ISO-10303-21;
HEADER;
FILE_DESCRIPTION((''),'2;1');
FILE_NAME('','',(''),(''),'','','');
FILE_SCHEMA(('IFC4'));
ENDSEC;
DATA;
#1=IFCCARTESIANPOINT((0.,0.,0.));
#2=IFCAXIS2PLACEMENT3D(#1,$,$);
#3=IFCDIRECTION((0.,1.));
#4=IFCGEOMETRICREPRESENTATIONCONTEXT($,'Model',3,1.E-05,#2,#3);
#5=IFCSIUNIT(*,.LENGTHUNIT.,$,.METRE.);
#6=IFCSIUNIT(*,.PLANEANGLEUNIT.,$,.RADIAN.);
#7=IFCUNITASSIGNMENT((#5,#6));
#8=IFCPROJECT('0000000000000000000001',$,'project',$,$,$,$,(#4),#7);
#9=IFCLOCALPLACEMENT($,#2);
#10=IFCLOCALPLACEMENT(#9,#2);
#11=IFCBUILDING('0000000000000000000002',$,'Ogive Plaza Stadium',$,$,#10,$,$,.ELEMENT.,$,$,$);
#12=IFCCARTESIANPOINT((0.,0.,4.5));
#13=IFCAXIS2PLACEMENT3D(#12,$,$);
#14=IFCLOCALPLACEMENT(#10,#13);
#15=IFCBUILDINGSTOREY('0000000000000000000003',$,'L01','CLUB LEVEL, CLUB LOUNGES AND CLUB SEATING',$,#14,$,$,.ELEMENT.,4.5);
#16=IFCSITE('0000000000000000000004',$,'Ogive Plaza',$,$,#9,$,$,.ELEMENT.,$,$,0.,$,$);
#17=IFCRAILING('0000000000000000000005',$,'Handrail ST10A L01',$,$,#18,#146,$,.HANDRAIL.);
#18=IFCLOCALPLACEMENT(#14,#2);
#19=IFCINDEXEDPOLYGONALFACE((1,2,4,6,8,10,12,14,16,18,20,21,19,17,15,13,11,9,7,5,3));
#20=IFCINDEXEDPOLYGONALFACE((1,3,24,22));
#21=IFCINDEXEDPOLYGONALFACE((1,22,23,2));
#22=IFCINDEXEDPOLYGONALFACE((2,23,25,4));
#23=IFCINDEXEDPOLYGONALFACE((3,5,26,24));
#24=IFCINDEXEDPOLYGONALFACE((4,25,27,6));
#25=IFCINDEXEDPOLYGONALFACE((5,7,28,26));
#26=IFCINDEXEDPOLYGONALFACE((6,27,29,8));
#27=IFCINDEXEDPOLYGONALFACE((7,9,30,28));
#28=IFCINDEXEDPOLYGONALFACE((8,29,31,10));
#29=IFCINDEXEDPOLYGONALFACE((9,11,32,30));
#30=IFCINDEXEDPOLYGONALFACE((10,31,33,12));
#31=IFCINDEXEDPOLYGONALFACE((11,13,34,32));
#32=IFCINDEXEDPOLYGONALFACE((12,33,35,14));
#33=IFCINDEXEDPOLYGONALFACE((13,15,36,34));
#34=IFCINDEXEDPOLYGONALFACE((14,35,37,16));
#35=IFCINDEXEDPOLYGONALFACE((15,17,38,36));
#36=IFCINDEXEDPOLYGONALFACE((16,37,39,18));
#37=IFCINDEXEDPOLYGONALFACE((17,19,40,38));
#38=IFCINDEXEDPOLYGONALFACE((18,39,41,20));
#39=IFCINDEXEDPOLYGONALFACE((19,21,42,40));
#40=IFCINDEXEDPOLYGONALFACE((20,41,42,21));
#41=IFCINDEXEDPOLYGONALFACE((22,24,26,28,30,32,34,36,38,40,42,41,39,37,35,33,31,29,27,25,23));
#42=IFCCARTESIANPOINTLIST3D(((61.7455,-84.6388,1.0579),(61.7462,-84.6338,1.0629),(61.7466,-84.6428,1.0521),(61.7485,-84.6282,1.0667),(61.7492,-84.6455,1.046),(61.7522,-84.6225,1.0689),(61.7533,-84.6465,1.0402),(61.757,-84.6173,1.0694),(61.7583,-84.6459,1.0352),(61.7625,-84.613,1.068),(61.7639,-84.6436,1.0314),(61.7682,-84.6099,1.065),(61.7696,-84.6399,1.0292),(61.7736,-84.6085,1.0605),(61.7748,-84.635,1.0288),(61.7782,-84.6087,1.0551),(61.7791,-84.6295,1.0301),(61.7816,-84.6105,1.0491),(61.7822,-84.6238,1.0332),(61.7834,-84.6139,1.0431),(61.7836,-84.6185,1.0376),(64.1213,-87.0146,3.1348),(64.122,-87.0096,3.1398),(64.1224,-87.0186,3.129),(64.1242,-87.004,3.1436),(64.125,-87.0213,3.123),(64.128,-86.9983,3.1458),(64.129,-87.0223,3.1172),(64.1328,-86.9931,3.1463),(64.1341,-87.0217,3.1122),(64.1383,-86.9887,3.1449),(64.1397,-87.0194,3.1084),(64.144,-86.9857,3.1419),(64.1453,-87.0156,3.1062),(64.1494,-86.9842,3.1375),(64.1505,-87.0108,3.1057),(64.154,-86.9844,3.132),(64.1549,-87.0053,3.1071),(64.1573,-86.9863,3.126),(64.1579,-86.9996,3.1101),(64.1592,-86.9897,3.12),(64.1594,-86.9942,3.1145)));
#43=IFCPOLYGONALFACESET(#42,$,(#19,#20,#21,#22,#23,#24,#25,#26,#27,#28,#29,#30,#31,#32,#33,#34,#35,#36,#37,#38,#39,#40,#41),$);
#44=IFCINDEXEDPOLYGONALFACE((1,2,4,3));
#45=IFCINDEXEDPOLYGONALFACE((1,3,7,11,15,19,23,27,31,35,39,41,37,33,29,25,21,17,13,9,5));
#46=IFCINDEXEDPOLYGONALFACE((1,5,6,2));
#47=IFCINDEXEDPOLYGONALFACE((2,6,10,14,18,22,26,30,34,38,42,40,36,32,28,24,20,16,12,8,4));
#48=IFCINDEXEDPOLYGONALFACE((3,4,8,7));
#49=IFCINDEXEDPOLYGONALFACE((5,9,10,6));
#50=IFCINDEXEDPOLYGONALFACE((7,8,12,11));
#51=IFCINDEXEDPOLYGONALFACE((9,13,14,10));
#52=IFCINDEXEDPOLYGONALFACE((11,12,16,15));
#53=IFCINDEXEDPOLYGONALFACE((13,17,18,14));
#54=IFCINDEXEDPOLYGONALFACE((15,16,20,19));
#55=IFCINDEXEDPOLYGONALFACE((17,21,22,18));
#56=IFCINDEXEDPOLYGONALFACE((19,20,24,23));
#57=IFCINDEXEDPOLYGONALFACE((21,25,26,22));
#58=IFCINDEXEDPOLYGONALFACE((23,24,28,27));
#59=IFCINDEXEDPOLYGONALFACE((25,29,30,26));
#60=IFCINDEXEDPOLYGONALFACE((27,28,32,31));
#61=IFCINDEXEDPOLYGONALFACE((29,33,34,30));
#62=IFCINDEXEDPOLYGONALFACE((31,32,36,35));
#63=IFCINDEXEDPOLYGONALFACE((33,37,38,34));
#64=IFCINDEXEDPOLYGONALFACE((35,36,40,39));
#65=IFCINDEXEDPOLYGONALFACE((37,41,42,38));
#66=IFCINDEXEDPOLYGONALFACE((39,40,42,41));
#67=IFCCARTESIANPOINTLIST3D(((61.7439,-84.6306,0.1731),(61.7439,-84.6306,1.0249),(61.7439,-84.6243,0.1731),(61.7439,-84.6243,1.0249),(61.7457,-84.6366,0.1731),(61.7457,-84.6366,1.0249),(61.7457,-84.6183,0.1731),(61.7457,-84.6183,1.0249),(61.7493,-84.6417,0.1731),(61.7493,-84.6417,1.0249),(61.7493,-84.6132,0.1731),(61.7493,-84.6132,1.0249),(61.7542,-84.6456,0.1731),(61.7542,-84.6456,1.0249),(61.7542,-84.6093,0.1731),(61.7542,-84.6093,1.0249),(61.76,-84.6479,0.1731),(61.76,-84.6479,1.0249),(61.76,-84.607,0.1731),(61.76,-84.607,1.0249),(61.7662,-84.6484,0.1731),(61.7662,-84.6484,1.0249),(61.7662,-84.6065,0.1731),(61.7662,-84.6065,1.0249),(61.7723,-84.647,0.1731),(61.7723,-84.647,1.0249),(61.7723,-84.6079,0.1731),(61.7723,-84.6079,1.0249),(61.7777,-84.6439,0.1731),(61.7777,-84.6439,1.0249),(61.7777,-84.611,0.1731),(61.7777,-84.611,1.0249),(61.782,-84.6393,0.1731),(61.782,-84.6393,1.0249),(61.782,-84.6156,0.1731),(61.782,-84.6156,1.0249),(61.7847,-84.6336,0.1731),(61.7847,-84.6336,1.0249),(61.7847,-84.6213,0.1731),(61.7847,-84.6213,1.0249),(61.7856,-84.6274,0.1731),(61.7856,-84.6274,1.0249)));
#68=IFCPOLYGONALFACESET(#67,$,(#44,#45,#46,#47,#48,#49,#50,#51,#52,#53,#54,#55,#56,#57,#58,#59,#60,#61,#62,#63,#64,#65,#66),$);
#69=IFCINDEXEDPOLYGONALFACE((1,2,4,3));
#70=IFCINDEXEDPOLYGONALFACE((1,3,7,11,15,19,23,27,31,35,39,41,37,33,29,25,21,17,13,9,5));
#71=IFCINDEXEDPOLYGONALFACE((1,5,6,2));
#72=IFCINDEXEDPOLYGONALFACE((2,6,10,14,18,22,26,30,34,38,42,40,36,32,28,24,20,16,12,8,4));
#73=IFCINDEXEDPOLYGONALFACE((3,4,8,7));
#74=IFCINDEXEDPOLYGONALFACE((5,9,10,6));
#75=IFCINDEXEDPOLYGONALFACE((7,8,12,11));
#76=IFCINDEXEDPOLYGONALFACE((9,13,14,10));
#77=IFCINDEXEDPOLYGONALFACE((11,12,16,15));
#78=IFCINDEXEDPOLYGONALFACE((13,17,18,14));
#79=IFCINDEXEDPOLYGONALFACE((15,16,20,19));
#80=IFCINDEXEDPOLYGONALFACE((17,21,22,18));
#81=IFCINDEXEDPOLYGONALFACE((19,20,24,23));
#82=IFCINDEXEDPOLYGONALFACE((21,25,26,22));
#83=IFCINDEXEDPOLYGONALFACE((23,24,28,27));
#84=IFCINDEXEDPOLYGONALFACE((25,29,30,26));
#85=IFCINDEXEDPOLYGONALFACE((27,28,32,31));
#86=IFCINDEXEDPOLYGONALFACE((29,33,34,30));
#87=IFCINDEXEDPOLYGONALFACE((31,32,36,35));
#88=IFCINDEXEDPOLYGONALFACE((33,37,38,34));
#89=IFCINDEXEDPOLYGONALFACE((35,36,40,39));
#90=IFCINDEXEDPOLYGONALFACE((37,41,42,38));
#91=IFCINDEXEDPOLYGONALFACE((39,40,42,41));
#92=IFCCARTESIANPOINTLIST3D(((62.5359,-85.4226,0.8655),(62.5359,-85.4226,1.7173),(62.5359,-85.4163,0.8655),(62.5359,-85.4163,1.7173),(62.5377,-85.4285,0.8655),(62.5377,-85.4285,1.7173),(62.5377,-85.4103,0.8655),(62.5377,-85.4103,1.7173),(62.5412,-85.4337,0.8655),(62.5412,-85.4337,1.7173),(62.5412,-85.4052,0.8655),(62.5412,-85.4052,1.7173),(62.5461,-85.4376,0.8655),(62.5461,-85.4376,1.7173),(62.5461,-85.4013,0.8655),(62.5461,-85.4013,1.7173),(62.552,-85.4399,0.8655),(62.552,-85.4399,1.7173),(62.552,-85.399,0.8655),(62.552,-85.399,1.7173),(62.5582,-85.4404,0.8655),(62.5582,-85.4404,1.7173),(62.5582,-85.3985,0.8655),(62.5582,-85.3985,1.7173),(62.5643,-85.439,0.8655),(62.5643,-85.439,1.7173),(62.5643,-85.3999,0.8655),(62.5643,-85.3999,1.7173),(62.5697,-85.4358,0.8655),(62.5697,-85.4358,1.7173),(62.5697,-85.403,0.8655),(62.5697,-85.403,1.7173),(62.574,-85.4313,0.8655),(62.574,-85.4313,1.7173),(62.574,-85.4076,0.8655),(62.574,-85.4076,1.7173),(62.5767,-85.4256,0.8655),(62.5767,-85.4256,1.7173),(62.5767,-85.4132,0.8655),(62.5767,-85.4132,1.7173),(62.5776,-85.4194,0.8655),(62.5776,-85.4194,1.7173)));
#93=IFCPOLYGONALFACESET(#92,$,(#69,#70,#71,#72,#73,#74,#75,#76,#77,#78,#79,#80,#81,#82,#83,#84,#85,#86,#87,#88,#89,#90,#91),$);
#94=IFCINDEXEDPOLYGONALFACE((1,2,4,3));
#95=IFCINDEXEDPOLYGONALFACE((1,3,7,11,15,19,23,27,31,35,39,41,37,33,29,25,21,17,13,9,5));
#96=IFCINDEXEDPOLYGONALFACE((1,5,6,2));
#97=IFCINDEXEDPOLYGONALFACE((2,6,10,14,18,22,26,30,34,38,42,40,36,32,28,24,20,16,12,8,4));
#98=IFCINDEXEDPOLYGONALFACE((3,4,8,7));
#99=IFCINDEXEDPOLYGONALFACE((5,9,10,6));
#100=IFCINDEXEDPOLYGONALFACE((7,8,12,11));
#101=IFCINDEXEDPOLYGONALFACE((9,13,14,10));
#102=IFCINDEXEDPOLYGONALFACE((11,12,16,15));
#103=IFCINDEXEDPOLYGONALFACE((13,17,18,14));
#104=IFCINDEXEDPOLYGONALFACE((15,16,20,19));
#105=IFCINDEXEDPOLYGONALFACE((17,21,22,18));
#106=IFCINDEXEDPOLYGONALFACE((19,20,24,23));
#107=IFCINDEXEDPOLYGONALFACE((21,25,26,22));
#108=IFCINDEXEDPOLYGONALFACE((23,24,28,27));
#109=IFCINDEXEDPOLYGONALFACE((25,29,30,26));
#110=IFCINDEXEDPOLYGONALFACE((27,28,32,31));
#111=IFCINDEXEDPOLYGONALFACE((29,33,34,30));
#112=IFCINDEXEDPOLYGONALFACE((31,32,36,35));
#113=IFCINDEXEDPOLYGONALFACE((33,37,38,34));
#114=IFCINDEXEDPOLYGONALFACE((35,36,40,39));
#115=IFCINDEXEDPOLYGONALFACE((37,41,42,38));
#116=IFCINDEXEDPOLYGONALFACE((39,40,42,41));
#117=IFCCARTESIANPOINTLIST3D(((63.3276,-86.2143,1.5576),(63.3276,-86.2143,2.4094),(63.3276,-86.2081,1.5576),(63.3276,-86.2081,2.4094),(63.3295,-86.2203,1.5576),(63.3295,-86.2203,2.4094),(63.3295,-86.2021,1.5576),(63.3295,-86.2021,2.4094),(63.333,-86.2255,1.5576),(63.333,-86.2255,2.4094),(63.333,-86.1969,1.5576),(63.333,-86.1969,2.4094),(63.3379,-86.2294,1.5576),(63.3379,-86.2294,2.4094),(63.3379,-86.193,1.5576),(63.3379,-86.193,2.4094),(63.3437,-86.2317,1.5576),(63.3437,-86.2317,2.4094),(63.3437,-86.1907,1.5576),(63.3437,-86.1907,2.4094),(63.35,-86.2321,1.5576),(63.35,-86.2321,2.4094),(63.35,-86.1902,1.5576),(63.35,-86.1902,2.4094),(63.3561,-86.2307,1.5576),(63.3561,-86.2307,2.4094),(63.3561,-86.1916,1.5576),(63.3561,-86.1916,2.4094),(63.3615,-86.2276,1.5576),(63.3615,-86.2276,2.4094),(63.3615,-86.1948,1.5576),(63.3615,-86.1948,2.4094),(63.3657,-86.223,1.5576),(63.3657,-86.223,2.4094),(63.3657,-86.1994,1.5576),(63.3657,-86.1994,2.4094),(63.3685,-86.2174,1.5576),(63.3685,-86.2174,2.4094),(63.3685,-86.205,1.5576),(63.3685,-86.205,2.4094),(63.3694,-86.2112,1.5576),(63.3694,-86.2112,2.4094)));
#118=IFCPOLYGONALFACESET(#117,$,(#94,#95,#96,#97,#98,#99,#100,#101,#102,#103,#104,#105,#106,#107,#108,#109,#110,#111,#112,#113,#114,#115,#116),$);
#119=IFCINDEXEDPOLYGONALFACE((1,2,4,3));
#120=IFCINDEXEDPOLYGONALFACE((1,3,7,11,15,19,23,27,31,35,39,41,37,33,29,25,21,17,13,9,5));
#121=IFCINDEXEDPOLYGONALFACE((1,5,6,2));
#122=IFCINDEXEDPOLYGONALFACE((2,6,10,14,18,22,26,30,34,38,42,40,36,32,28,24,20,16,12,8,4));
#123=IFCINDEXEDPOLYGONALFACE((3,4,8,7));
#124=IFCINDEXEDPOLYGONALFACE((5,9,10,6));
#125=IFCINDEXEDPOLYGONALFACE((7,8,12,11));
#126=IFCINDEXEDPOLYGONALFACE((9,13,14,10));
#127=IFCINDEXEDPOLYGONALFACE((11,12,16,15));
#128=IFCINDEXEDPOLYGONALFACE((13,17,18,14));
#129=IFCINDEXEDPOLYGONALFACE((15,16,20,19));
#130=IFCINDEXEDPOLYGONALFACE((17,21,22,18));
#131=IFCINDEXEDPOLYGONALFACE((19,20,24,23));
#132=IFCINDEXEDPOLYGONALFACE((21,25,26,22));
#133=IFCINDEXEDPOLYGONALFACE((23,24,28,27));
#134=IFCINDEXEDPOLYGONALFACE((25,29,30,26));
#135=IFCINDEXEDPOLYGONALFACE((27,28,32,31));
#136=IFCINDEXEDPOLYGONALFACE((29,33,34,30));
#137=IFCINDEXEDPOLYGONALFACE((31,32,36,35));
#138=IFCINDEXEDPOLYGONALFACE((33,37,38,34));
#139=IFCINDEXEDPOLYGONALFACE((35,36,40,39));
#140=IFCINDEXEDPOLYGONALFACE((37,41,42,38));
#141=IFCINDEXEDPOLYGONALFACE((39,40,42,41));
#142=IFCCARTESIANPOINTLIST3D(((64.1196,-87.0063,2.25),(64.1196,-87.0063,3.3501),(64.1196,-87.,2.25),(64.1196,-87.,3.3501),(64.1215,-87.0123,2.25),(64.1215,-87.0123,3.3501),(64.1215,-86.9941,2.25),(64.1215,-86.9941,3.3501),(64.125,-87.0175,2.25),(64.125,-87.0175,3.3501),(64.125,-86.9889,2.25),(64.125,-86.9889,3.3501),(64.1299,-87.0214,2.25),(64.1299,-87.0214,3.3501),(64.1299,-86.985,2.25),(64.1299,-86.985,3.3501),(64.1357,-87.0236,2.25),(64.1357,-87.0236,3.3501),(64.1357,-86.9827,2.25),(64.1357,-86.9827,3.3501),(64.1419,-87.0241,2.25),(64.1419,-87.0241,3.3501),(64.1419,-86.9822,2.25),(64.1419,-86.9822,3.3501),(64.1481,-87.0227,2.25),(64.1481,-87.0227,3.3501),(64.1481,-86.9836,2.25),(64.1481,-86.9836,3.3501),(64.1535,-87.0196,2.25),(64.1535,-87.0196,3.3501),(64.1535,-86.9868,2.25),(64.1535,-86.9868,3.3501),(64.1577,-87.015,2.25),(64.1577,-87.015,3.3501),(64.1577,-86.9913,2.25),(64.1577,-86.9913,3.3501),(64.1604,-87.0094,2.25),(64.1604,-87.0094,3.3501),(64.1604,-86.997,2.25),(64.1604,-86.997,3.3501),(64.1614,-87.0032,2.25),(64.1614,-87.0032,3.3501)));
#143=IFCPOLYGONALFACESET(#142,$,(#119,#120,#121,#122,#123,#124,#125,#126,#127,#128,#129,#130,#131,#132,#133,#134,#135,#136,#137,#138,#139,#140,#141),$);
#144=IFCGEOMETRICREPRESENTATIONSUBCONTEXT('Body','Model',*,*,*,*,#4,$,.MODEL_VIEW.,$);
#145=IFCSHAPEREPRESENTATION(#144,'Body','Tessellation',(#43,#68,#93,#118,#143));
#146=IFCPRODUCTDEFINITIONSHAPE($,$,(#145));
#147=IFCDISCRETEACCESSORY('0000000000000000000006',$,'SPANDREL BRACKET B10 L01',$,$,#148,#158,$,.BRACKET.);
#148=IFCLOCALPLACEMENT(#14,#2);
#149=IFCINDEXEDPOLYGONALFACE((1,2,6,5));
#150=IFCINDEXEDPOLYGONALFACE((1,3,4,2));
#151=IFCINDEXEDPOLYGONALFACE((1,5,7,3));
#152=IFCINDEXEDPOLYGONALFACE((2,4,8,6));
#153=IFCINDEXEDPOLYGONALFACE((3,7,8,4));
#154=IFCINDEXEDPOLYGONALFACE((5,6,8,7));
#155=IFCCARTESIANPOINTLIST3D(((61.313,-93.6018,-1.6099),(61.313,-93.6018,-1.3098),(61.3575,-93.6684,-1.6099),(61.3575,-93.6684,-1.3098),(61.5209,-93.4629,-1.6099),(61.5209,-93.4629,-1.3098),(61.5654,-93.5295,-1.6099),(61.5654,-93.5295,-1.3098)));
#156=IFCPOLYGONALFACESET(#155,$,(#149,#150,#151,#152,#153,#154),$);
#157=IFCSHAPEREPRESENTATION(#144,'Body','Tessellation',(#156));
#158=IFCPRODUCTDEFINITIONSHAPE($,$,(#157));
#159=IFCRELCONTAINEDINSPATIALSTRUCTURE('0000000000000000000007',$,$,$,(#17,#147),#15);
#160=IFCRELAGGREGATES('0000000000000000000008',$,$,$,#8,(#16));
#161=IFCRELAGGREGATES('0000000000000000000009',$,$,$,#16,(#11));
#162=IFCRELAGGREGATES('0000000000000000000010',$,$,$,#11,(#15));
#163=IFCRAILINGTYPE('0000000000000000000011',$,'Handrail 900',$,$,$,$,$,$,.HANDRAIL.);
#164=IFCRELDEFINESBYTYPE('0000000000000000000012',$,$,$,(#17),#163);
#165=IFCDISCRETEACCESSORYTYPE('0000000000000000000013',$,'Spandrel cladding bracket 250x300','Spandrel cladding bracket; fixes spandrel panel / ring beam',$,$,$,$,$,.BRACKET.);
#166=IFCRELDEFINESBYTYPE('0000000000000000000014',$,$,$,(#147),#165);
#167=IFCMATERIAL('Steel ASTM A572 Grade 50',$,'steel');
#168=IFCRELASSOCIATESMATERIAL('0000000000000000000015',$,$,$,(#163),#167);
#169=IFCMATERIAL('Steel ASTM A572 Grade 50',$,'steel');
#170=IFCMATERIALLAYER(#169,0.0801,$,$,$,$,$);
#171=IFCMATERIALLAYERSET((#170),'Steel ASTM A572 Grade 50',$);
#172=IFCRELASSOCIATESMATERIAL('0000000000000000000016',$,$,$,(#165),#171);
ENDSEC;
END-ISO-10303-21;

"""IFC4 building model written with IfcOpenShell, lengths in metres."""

from ifc_helpers import new_model, si_unit, direction, frame, origin, origin_2d, place, context, subcontext, project, spatial, rectangle, circle, extrude, material, layer, layer_set, type_object, element, save


model = new_model("IFC4")

# Units and contexts
model_context = context("Model", 3, precision=1e-05, world=origin(), true_north=direction((0.0, 1.0)))
body_context = subcontext(model_context, "Body", "Model", "MODEL_VIEW")
ifc_project = project(units=[si_unit("LENGTHUNIT", "METRE"), si_unit("PLANEANGLEUNIT", "RADIAN")], contexts=[model_context])

# Site, building, storey
site_placement = place(None, origin())
site = spatial("IfcSite", under=ifc_project, at=site_placement, Name="Ogive Plaza", CompositionType="ELEMENT", RefElevation=0.0)
building_placement = place(site_placement, origin())
building = spatial("IfcBuilding", under=site, at=building_placement, Name="Ogive Plaza Stadium", CompositionType="ELEMENT")
storey_placement = place(building_placement, frame((0.0, 0.0, 4.5)))
storey = spatial("IfcBuildingStorey", under=building, at=storey_placement, Name="L01", Description="CLUB LEVEL, CLUB LOUNGES AND CLUB SEATING", CompositionType="ELEMENT", Elevation=4.5)

# Railing
ifc_material_1 = material(Name="Steel ASTM A572 Grade 50", Category="steel")
railing_type_1 = type_object("IfcRailingType", Name="Handrail 900", PredefinedType="HANDRAIL", material=ifc_material_1)
railing_1_placement = place(storey_placement, frame((61.7646, -84.6274, 0.1731)))
element("IfcRailing", 1, at=railing_1_placement, inside=storey, type_object=railing_type_1, Name="Handrail ST10A L01", PredefinedType="HANDRAIL", context=body_context, shape_type="SweptSolid", body=[
    extrude(circle(Radius=0.0239, at=origin_2d()), frame((0.0, 0.0, 0.876), z_axis=(0.601466, -0.601466, 0.525811), x_axis=(0.707107, 0.707107, 0.0)), (0.0, 0.0, 1.0), 3.95),
    extrude(circle(Radius=0.021, at=origin_2d()), origin(), (0.0, 0.0, 1.0), 0.8518),
    extrude(circle(Radius=0.021, at=origin_2d()), frame((0.792, -0.792, 0.6924)), (0.0, 0.0, 1.0), 0.8518),
    extrude(circle(Radius=0.021, at=origin_2d()), frame((1.5837, -1.5837, 1.3845)), (0.0, 0.0, 1.0), 0.8518),
    extrude(circle(Radius=0.021, at=origin_2d()), frame((2.3757, -2.3757, 2.0769)), (0.0, 0.0, 1.0), 1.1001),
])

# Discrete accessory
ifc_material_2 = material(Name="Steel ASTM A572 Grade 50", Category="steel")
ifc_layer_1 = layer(ifc_material_2, 0.0801)
ifc_layer_set_1 = layer_set([ifc_layer_1], Name="Steel ASTM A572 Grade 50")
discrete_accessory_type = type_object("IfcDiscreteAccessoryType", Name="Spandrel cladding bracket 250x300", Description="Spandrel cladding bracket; fixes spandrel panel / ring beam", PredefinedType="BRACKET", material=ifc_layer_set_1)
discrete_accessory_placement = place(storey_placement, frame((61.4392, -93.5657, -1.6099), z_axis=(0.0, 0.0, 1.0), x_axis=(-0.83147, -0.55557, 0.0)))
element("IfcDiscreteAccessory", 2, at=discrete_accessory_placement, inside=storey, type_object=discrete_accessory_type, Name="SPANDREL BRACKET B10 L01", PredefinedType="BRACKET", context=body_context, shape_type="SweptSolid", body=[
    extrude(rectangle(XDim=0.25, YDim=0.0801, at=origin_2d()), origin(), (0.0, 0.0, 1.0), 0.3),
])

save(model, "model.ifc")
